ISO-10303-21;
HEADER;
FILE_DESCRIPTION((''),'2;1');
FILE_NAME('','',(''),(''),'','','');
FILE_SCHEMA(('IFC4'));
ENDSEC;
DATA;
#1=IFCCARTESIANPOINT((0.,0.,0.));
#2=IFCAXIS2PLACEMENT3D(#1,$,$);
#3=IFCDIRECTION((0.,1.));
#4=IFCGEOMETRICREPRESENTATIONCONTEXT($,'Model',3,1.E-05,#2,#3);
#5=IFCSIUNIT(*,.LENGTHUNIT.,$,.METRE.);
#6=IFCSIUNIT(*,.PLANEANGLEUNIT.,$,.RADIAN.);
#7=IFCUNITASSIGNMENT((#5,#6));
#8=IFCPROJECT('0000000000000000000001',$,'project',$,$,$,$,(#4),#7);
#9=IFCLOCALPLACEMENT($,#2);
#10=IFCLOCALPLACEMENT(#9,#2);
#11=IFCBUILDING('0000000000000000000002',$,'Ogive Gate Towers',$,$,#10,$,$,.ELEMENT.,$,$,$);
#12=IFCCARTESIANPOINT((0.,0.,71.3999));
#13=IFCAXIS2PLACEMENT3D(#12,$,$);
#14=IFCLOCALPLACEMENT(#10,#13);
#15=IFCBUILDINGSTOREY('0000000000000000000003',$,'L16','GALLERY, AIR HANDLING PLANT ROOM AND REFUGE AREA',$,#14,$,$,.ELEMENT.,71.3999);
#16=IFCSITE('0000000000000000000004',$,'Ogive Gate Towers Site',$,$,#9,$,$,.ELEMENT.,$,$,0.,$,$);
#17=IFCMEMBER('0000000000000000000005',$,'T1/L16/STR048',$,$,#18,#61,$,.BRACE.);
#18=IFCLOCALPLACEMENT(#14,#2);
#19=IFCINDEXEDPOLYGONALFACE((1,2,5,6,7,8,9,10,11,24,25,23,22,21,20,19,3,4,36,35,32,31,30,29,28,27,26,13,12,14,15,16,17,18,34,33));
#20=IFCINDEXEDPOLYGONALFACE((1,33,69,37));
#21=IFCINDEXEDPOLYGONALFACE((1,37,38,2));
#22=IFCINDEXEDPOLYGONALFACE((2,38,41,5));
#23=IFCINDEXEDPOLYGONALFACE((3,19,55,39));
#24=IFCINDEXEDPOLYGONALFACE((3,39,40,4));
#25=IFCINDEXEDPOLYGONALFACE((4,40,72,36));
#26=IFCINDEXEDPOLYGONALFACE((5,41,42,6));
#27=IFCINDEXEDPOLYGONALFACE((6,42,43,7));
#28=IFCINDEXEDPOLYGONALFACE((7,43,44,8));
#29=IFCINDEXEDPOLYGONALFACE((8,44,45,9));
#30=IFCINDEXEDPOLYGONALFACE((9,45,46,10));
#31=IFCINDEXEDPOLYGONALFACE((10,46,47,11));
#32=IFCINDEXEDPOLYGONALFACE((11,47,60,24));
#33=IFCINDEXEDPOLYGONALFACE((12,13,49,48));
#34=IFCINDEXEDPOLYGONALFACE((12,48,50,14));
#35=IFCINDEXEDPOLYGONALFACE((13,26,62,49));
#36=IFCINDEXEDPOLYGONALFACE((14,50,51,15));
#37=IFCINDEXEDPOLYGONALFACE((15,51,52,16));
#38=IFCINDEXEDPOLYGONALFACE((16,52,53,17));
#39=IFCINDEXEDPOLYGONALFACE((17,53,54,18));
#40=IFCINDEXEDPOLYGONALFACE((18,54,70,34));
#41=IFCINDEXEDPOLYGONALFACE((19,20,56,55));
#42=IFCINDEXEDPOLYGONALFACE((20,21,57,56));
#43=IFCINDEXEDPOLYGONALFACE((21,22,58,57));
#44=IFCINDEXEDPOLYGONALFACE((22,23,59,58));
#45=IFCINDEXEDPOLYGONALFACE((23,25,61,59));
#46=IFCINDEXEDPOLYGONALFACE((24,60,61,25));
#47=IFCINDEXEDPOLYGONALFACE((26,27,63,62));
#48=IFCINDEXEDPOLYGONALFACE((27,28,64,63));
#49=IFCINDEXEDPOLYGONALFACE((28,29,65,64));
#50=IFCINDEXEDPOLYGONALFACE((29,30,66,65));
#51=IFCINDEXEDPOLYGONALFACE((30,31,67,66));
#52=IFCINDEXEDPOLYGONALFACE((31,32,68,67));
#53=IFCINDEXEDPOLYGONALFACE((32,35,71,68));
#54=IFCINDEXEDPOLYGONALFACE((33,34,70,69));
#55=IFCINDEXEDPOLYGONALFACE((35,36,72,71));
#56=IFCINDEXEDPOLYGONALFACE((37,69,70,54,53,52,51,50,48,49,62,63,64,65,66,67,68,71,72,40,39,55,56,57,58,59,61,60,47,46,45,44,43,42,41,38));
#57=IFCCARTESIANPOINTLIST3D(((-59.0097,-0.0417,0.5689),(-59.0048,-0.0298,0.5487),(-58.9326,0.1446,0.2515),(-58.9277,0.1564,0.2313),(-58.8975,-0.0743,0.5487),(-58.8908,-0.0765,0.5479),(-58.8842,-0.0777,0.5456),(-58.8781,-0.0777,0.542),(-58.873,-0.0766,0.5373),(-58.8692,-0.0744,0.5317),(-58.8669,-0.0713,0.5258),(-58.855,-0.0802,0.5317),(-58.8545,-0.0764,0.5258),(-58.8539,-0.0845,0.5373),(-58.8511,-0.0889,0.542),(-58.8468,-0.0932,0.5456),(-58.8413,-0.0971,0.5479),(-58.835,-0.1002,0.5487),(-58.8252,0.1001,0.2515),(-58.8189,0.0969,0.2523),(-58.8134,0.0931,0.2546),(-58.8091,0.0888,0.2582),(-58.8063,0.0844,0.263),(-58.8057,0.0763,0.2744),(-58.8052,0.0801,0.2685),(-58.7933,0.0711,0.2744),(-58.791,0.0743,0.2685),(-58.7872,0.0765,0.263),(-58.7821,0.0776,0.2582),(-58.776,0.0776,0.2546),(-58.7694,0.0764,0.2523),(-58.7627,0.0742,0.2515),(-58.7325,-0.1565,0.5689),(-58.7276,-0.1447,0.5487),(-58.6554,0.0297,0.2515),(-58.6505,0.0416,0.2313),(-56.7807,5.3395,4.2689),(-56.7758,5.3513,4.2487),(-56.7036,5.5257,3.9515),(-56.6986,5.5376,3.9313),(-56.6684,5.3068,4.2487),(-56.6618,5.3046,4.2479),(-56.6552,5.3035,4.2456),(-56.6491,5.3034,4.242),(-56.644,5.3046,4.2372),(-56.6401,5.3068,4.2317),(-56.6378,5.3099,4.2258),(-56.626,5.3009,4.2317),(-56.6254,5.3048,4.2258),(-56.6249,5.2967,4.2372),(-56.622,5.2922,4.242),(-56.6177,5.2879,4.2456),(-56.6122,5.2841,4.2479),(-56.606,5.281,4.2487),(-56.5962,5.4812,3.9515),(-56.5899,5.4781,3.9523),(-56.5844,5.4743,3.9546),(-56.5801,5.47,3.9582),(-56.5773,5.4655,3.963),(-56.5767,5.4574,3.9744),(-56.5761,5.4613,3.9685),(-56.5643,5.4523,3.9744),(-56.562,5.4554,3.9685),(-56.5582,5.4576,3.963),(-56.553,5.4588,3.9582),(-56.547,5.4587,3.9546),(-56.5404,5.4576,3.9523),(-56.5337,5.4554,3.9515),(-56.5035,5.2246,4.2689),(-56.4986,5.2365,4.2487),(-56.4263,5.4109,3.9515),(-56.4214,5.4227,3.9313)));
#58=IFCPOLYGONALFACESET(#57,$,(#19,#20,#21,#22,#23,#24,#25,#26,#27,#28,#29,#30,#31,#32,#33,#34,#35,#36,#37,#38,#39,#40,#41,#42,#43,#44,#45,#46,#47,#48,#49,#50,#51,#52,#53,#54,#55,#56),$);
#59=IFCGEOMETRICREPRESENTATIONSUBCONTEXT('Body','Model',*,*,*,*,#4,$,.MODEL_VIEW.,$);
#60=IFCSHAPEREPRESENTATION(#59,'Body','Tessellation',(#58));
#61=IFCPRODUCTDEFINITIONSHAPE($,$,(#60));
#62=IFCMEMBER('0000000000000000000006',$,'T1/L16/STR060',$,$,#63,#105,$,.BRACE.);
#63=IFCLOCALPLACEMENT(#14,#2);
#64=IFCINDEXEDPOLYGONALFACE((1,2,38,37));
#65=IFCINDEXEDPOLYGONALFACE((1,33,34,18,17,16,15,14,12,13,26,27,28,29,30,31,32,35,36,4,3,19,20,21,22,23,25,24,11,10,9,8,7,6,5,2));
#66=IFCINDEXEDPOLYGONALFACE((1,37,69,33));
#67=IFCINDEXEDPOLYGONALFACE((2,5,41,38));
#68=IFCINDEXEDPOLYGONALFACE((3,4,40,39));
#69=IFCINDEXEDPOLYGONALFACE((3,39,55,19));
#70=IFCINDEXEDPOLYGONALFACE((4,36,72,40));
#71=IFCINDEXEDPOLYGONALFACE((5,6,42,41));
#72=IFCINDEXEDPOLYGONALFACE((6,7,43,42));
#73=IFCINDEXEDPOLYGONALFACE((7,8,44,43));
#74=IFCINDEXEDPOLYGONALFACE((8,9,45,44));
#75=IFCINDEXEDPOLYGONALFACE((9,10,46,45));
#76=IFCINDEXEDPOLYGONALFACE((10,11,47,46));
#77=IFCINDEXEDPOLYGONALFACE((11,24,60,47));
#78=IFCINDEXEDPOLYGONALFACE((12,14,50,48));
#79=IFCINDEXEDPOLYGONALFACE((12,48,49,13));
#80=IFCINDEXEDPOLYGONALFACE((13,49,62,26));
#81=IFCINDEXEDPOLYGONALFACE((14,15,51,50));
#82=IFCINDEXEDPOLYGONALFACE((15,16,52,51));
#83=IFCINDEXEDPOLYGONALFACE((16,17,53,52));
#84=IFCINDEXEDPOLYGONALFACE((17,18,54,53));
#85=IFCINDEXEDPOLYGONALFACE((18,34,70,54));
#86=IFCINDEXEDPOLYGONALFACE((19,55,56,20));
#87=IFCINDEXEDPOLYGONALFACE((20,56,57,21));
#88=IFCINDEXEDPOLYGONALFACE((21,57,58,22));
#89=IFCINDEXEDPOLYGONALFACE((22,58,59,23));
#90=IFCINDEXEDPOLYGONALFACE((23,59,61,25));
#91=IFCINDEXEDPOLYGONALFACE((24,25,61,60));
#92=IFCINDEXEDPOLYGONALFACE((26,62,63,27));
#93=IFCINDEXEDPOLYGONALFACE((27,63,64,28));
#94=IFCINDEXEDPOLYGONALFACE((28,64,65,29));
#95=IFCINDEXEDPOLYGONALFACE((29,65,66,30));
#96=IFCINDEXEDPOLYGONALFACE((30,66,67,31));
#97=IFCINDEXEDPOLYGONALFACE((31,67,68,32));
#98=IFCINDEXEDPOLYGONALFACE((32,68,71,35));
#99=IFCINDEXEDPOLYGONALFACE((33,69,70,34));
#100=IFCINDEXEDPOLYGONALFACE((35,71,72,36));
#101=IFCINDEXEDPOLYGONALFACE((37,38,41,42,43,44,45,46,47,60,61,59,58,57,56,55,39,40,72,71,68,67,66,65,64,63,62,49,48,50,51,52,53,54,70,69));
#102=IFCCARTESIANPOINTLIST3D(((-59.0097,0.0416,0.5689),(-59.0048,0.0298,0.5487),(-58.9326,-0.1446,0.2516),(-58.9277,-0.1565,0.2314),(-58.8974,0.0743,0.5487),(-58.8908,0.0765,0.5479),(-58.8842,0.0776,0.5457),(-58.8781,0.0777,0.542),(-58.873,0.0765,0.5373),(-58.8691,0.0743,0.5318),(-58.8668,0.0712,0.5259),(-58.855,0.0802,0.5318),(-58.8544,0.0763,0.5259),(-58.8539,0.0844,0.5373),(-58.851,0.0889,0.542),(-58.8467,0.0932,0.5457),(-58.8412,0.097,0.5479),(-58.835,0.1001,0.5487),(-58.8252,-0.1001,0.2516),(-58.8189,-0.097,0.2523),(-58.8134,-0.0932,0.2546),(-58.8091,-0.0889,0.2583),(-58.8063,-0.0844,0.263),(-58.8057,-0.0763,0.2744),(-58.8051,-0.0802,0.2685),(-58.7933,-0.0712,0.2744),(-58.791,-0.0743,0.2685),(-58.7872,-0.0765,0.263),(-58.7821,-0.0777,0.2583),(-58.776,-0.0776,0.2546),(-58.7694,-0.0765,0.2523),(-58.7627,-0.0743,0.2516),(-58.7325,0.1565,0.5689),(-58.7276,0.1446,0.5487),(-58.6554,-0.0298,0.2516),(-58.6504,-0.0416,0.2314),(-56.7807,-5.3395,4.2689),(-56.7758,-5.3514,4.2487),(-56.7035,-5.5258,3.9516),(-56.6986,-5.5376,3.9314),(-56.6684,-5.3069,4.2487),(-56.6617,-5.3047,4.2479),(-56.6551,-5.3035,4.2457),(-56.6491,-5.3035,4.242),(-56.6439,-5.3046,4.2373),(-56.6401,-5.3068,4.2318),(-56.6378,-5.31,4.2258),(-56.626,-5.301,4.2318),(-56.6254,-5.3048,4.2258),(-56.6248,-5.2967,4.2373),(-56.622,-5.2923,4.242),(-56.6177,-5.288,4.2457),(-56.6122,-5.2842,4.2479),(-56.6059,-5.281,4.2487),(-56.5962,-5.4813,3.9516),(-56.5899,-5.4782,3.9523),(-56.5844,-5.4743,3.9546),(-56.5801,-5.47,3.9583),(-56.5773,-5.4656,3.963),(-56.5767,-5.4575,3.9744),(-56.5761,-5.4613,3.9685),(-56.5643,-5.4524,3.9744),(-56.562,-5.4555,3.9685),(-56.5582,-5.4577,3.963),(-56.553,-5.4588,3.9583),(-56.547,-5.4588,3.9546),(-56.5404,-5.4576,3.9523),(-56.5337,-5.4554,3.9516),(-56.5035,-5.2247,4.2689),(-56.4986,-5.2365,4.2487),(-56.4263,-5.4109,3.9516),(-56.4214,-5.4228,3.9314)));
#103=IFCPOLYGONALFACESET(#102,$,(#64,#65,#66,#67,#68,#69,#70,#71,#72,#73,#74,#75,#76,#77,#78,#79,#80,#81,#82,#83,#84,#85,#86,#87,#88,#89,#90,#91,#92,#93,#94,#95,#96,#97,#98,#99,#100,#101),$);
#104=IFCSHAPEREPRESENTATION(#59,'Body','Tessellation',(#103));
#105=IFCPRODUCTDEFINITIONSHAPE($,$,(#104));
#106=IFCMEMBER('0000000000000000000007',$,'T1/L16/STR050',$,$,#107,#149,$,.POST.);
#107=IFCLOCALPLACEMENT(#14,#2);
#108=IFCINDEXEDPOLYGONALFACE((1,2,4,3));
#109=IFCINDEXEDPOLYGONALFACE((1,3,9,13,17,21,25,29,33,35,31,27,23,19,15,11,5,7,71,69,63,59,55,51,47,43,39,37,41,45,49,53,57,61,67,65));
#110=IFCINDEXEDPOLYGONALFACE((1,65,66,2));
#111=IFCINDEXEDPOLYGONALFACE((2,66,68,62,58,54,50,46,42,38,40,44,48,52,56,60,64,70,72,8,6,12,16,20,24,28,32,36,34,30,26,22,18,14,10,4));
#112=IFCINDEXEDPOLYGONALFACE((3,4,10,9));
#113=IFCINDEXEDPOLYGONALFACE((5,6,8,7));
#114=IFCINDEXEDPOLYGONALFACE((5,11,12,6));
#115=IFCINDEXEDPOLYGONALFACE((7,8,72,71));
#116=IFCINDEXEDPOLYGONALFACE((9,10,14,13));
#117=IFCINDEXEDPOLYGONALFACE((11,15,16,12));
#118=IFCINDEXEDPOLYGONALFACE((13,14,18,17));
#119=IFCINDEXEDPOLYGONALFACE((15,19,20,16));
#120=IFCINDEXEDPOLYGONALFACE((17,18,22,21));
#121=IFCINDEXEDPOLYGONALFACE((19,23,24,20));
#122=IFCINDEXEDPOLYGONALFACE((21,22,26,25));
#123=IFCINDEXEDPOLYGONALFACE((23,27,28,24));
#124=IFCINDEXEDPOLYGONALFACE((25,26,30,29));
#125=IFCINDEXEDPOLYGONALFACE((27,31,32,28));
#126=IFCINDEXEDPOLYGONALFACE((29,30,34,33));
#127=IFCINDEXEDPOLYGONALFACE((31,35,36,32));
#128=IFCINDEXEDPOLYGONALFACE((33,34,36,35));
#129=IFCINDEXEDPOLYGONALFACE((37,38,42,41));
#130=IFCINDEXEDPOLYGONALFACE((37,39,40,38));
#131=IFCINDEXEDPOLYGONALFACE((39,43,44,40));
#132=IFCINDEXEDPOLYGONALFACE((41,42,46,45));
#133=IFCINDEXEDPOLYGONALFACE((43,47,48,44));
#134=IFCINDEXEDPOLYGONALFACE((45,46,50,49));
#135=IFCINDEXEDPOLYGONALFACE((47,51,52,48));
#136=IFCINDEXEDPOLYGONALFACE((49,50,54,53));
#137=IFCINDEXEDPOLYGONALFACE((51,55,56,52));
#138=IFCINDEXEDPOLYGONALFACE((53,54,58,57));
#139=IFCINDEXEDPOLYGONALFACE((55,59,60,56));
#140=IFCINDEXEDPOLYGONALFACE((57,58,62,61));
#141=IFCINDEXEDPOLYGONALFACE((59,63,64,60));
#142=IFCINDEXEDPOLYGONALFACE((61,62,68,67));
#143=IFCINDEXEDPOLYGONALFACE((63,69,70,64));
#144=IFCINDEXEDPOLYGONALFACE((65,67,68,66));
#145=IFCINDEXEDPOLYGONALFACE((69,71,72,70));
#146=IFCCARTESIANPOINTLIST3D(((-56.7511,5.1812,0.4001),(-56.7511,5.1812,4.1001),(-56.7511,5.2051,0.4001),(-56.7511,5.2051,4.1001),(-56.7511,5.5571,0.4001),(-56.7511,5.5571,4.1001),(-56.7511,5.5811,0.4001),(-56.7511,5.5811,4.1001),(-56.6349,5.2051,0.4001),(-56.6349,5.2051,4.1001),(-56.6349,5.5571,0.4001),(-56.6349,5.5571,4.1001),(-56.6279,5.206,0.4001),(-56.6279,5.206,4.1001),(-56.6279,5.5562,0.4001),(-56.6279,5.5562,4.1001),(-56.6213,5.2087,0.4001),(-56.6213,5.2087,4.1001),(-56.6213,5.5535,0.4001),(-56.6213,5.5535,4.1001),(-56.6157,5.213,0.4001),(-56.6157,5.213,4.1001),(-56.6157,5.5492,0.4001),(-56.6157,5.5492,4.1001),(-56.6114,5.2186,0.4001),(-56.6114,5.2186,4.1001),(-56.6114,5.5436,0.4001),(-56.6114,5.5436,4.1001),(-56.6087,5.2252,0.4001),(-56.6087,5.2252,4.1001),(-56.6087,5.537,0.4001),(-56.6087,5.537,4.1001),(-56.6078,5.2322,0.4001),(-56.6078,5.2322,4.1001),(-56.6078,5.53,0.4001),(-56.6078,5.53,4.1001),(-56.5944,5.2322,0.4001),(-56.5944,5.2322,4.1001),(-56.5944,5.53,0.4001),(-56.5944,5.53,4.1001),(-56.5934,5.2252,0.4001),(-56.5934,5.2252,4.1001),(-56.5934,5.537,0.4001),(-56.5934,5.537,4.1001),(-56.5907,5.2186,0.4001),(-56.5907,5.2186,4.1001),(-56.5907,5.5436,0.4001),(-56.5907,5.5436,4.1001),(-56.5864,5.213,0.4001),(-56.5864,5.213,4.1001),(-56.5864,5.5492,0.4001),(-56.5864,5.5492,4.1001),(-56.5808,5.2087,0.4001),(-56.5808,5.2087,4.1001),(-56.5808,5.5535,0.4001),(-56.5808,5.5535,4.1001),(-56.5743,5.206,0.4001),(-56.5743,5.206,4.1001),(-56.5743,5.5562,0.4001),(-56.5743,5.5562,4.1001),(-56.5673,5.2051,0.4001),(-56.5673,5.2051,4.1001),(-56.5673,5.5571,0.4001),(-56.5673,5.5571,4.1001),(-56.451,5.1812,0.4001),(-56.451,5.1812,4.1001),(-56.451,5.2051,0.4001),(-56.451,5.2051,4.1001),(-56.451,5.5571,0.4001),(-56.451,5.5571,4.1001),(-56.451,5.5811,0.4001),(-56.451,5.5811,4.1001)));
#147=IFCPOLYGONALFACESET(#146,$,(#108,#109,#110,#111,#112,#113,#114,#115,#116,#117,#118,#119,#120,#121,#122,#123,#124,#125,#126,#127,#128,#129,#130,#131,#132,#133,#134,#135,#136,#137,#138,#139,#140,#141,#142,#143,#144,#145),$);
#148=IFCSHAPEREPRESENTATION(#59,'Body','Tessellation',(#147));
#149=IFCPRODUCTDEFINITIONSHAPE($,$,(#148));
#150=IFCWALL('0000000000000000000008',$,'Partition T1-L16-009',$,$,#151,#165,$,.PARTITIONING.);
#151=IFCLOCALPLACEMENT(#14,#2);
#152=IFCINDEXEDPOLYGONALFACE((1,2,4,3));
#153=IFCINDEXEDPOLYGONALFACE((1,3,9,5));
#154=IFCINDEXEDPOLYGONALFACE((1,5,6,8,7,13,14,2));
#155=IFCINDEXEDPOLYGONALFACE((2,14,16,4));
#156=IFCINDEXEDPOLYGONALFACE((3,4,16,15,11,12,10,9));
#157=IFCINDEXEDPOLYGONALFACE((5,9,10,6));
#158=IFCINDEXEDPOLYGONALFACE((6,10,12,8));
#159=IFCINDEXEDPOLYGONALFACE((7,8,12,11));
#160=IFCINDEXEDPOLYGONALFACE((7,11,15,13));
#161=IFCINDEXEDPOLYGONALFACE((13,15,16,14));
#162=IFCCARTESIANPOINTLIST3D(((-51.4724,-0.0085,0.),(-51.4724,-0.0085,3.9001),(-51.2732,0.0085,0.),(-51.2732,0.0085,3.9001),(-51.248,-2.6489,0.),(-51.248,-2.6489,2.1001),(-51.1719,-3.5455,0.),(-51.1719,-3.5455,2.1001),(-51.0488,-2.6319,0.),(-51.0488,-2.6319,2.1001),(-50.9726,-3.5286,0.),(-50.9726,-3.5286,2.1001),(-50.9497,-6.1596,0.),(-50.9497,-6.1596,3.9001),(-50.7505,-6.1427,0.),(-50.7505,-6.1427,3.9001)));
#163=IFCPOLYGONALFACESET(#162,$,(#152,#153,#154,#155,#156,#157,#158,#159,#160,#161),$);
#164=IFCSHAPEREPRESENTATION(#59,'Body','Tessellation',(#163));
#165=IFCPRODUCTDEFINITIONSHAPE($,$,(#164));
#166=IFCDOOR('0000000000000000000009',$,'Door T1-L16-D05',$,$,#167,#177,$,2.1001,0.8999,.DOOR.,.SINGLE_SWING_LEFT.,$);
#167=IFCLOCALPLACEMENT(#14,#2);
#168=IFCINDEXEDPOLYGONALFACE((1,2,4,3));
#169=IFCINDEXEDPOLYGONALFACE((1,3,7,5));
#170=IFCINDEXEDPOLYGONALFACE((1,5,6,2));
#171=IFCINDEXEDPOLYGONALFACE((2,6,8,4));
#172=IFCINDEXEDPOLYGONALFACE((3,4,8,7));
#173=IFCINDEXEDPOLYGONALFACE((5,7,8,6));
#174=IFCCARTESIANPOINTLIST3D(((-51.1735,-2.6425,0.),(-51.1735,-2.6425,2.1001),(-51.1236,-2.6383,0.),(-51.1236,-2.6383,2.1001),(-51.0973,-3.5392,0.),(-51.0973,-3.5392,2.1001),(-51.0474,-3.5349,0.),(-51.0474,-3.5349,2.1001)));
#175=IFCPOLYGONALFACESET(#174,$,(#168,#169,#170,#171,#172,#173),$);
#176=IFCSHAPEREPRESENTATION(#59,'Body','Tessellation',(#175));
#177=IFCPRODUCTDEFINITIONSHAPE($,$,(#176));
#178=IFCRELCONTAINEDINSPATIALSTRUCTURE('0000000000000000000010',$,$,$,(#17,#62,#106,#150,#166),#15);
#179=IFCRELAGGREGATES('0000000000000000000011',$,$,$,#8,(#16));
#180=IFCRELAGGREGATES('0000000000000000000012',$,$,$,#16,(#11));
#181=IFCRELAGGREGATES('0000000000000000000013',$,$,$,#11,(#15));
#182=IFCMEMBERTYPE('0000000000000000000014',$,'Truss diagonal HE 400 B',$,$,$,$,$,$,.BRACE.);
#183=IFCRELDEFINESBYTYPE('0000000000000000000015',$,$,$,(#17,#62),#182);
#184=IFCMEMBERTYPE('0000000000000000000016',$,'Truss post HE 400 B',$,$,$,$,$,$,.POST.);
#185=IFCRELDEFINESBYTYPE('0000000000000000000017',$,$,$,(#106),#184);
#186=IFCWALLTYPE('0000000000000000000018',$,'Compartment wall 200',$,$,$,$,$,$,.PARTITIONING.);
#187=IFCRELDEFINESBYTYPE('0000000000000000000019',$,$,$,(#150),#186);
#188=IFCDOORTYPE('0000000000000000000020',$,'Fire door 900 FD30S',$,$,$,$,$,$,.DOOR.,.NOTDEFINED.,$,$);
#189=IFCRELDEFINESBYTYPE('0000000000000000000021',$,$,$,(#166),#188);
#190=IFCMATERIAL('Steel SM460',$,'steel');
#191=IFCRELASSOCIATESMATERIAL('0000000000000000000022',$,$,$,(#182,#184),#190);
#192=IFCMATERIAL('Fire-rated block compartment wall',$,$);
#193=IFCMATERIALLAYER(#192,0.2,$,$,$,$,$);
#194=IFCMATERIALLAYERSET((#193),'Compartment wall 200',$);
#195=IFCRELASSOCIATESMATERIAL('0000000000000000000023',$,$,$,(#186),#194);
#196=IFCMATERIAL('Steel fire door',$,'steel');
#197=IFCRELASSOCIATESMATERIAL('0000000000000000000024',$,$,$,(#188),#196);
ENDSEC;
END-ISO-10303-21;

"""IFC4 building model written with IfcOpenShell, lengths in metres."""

from ifc_helpers import new_model, si_unit, direction, frame, frame_2d, origin, origin_2d, place, context, subcontext, project, spatial, rectangle, i_section, extrude, material, layer, layer_set, material_profile, profile_set, type_object, element, fill, save


model = new_model("IFC4")

# Units and contexts
model_context = context("Model", 3, precision=1e-05, world=origin(), true_north=direction((0.0, 1.0)))
body_context = subcontext(model_context, "Body", "Model", "MODEL_VIEW")
ifc_project = project(units=[si_unit("LENGTHUNIT", "METRE"), si_unit("PLANEANGLEUNIT", "RADIAN")], contexts=[model_context])

# Site, building, storey
site_placement = place(None, origin())
site = spatial("IfcSite", under=ifc_project, at=site_placement, Name="Ogive Gate Towers Site", CompositionType="ELEMENT", RefElevation=0.0)
building_placement = place(site_placement, origin())
building = spatial("IfcBuilding", under=site, at=building_placement, Name="Ogive Gate Towers", CompositionType="ELEMENT")
storey_placement = place(building_placement, frame((0.0, 0.0, 71.3999)))
storey = spatial("IfcBuildingStorey", under=building, at=storey_placement, Name="L16", Description="GALLERY, AIR HANDLING PLANT ROOM AND REFUGE AREA", CompositionType="ELEMENT", Elevation=71.3999)

# Shared definitions
ifc_material_1 = material(Name="Steel SM460", Category="steel")

# Members
ifc_material_profile_1 = material_profile(ifc_material_1, i_section(OverallWidth=0.3, OverallDepth=0.3999, WebThickness=0.0134, FlangeThickness=0.0239, FilletRadius=0.0271, at=origin_2d()), Name="HE 400 B")
ifc_profile_set_1 = profile_set([ifc_material_profile_1], Name="Steel SM460")
member_type_1 = type_object("IfcMemberType", Name="Truss diagonal HE 400 B", PredefinedType="BRACE", material=ifc_profile_set_1)
for number, where, z_axis, x_axis, name in (
    (1, (-56.6011, 5.3811, 4.1001), (-0.323029, -0.779834, -0.5362), (0.923875, -0.382695, 0.0), "T1/L16/STR048"),
    (2, (-58.8301, 0.0, 0.4001), (0.323029, -0.779834, 0.5362), (0.923875, 0.382695, 0.0), "T1/L16/STR060"),
):
    element("IfcMember", number, at=place(storey_placement, frame(where, z_axis=z_axis, x_axis=x_axis)), inside=storey, type_object=member_type_1, Name=name, PredefinedType="BRACE", context=body_context, shape_type="SweptSolid", body=[
        extrude(i_section(OverallWidth=0.3, OverallDepth=0.3999, WebThickness=0.0134, FlangeThickness=0.0239, FilletRadius=0.0271, at=origin_2d()), origin(), (0.0, 0.0, 1.0), 6.9004),
    ])
ifc_material_profile_2 = material_profile(ifc_material_1, i_section(OverallWidth=0.3, OverallDepth=0.3999, WebThickness=0.0134, FlangeThickness=0.0239, FilletRadius=0.0271, at=origin_2d()), Name="HE 400 B")
ifc_profile_set_2 = profile_set([ifc_material_profile_2], Name="Steel SM460")
member_type_2 = type_object("IfcMemberType", Name="Truss post HE 400 B", PredefinedType="POST", material=ifc_profile_set_2)
member_placement = place(storey_placement, frame((-56.6011, 5.3811, 0.4001), z_axis=(0.0, 0.0, 1.0), x_axis=(1.0, 0.0, 0.0)))
element("IfcMember", 3, at=member_placement, inside=storey, type_object=member_type_2, Name="T1/L16/STR050", PredefinedType="POST", context=body_context, shape_type="SweptSolid", body=[
    extrude(i_section(OverallWidth=0.3, OverallDepth=0.3999, WebThickness=0.0134, FlangeThickness=0.0239, FilletRadius=0.0271, at=origin_2d()), origin(), (0.0, 0.0, 1.0), 3.7),
])

# Wall, opening, door
ifc_material_2 = material(Name="Fire-rated block compartment wall")
ifc_layer_1 = layer(ifc_material_2, 0.2)
ifc_layer_set_1 = layer_set([ifc_layer_1], Name="Compartment wall 200")
wall_type_1 = type_object("IfcWallType", Name="Compartment wall 200", PredefinedType="PARTITIONING", material=ifc_layer_set_1)
wall_1_placement = place(storey_placement, frame((-51.3728, 0.0, 0.0), z_axis=(0.0, 0.0, 1.0), x_axis=(0.084672, -0.996409, 0.0)))
wall_1 = element("IfcWall", 4, at=wall_1_placement, inside=storey, type_object=wall_type_1, Name="Partition T1-L16-009", PredefinedType="PARTITIONING", context=body_context, shape_type="SweptSolid", body=[
    extrude(rectangle(XDim=6.1733, YDim=0.2, at=frame_2d((3.0867, 0.0))), origin(), (0.0, 0.0, 1.0), 3.9001),
])
opening_1_placement = place(wall_1_placement, frame((2.6499, 0.0, 0.0)))
opening_1 = element("IfcOpeningElement", 5, at=opening_1_placement, cuts=wall_1, PredefinedType="OPENING", context=body_context, shape_type="SweptSolid", body=[
    extrude(rectangle(XDim=0.8999, YDim=2.1001, at=frame_2d((0.45, 1.05))), frame((0.0, 0.1099, 0.0), z_axis=(0.0, -1.0, 0.0), x_axis=(1.0, 0.0, 0.0)), (0.0, 0.0, 1.0), 0.22),
])
ifc_material_3 = material(Name="Steel fire door", Category="steel")
door_type_1 = type_object("IfcDoorType", Name="Fire door 900 FD30S", OperationType="NOTDEFINED", PredefinedType="DOOR", material=ifc_material_3)
door_1_placement = place(opening_1_placement, origin())
door_1 = element("IfcDoor", 6, at=door_1_placement, inside=storey, type_object=door_type_1, Name="Door T1-L16-D05", OperationType="SINGLE_SWING_LEFT", OverallHeight=2.1001, OverallWidth=0.8999, PredefinedType="DOOR", context=body_context, shape_type="SweptSolid", body=[
    extrude(rectangle(XDim=0.8999, YDim=2.1001, at=frame_2d((0.45, 1.05))), frame((0.0, 0.0249, 0.0), z_axis=(0.0, -1.0, 0.0), x_axis=(1.0, 0.0, 0.0)), (0.0, 0.0, 1.0), 0.05),
])
fill(opening_1, door_1)

save(model, "model.ifc")
